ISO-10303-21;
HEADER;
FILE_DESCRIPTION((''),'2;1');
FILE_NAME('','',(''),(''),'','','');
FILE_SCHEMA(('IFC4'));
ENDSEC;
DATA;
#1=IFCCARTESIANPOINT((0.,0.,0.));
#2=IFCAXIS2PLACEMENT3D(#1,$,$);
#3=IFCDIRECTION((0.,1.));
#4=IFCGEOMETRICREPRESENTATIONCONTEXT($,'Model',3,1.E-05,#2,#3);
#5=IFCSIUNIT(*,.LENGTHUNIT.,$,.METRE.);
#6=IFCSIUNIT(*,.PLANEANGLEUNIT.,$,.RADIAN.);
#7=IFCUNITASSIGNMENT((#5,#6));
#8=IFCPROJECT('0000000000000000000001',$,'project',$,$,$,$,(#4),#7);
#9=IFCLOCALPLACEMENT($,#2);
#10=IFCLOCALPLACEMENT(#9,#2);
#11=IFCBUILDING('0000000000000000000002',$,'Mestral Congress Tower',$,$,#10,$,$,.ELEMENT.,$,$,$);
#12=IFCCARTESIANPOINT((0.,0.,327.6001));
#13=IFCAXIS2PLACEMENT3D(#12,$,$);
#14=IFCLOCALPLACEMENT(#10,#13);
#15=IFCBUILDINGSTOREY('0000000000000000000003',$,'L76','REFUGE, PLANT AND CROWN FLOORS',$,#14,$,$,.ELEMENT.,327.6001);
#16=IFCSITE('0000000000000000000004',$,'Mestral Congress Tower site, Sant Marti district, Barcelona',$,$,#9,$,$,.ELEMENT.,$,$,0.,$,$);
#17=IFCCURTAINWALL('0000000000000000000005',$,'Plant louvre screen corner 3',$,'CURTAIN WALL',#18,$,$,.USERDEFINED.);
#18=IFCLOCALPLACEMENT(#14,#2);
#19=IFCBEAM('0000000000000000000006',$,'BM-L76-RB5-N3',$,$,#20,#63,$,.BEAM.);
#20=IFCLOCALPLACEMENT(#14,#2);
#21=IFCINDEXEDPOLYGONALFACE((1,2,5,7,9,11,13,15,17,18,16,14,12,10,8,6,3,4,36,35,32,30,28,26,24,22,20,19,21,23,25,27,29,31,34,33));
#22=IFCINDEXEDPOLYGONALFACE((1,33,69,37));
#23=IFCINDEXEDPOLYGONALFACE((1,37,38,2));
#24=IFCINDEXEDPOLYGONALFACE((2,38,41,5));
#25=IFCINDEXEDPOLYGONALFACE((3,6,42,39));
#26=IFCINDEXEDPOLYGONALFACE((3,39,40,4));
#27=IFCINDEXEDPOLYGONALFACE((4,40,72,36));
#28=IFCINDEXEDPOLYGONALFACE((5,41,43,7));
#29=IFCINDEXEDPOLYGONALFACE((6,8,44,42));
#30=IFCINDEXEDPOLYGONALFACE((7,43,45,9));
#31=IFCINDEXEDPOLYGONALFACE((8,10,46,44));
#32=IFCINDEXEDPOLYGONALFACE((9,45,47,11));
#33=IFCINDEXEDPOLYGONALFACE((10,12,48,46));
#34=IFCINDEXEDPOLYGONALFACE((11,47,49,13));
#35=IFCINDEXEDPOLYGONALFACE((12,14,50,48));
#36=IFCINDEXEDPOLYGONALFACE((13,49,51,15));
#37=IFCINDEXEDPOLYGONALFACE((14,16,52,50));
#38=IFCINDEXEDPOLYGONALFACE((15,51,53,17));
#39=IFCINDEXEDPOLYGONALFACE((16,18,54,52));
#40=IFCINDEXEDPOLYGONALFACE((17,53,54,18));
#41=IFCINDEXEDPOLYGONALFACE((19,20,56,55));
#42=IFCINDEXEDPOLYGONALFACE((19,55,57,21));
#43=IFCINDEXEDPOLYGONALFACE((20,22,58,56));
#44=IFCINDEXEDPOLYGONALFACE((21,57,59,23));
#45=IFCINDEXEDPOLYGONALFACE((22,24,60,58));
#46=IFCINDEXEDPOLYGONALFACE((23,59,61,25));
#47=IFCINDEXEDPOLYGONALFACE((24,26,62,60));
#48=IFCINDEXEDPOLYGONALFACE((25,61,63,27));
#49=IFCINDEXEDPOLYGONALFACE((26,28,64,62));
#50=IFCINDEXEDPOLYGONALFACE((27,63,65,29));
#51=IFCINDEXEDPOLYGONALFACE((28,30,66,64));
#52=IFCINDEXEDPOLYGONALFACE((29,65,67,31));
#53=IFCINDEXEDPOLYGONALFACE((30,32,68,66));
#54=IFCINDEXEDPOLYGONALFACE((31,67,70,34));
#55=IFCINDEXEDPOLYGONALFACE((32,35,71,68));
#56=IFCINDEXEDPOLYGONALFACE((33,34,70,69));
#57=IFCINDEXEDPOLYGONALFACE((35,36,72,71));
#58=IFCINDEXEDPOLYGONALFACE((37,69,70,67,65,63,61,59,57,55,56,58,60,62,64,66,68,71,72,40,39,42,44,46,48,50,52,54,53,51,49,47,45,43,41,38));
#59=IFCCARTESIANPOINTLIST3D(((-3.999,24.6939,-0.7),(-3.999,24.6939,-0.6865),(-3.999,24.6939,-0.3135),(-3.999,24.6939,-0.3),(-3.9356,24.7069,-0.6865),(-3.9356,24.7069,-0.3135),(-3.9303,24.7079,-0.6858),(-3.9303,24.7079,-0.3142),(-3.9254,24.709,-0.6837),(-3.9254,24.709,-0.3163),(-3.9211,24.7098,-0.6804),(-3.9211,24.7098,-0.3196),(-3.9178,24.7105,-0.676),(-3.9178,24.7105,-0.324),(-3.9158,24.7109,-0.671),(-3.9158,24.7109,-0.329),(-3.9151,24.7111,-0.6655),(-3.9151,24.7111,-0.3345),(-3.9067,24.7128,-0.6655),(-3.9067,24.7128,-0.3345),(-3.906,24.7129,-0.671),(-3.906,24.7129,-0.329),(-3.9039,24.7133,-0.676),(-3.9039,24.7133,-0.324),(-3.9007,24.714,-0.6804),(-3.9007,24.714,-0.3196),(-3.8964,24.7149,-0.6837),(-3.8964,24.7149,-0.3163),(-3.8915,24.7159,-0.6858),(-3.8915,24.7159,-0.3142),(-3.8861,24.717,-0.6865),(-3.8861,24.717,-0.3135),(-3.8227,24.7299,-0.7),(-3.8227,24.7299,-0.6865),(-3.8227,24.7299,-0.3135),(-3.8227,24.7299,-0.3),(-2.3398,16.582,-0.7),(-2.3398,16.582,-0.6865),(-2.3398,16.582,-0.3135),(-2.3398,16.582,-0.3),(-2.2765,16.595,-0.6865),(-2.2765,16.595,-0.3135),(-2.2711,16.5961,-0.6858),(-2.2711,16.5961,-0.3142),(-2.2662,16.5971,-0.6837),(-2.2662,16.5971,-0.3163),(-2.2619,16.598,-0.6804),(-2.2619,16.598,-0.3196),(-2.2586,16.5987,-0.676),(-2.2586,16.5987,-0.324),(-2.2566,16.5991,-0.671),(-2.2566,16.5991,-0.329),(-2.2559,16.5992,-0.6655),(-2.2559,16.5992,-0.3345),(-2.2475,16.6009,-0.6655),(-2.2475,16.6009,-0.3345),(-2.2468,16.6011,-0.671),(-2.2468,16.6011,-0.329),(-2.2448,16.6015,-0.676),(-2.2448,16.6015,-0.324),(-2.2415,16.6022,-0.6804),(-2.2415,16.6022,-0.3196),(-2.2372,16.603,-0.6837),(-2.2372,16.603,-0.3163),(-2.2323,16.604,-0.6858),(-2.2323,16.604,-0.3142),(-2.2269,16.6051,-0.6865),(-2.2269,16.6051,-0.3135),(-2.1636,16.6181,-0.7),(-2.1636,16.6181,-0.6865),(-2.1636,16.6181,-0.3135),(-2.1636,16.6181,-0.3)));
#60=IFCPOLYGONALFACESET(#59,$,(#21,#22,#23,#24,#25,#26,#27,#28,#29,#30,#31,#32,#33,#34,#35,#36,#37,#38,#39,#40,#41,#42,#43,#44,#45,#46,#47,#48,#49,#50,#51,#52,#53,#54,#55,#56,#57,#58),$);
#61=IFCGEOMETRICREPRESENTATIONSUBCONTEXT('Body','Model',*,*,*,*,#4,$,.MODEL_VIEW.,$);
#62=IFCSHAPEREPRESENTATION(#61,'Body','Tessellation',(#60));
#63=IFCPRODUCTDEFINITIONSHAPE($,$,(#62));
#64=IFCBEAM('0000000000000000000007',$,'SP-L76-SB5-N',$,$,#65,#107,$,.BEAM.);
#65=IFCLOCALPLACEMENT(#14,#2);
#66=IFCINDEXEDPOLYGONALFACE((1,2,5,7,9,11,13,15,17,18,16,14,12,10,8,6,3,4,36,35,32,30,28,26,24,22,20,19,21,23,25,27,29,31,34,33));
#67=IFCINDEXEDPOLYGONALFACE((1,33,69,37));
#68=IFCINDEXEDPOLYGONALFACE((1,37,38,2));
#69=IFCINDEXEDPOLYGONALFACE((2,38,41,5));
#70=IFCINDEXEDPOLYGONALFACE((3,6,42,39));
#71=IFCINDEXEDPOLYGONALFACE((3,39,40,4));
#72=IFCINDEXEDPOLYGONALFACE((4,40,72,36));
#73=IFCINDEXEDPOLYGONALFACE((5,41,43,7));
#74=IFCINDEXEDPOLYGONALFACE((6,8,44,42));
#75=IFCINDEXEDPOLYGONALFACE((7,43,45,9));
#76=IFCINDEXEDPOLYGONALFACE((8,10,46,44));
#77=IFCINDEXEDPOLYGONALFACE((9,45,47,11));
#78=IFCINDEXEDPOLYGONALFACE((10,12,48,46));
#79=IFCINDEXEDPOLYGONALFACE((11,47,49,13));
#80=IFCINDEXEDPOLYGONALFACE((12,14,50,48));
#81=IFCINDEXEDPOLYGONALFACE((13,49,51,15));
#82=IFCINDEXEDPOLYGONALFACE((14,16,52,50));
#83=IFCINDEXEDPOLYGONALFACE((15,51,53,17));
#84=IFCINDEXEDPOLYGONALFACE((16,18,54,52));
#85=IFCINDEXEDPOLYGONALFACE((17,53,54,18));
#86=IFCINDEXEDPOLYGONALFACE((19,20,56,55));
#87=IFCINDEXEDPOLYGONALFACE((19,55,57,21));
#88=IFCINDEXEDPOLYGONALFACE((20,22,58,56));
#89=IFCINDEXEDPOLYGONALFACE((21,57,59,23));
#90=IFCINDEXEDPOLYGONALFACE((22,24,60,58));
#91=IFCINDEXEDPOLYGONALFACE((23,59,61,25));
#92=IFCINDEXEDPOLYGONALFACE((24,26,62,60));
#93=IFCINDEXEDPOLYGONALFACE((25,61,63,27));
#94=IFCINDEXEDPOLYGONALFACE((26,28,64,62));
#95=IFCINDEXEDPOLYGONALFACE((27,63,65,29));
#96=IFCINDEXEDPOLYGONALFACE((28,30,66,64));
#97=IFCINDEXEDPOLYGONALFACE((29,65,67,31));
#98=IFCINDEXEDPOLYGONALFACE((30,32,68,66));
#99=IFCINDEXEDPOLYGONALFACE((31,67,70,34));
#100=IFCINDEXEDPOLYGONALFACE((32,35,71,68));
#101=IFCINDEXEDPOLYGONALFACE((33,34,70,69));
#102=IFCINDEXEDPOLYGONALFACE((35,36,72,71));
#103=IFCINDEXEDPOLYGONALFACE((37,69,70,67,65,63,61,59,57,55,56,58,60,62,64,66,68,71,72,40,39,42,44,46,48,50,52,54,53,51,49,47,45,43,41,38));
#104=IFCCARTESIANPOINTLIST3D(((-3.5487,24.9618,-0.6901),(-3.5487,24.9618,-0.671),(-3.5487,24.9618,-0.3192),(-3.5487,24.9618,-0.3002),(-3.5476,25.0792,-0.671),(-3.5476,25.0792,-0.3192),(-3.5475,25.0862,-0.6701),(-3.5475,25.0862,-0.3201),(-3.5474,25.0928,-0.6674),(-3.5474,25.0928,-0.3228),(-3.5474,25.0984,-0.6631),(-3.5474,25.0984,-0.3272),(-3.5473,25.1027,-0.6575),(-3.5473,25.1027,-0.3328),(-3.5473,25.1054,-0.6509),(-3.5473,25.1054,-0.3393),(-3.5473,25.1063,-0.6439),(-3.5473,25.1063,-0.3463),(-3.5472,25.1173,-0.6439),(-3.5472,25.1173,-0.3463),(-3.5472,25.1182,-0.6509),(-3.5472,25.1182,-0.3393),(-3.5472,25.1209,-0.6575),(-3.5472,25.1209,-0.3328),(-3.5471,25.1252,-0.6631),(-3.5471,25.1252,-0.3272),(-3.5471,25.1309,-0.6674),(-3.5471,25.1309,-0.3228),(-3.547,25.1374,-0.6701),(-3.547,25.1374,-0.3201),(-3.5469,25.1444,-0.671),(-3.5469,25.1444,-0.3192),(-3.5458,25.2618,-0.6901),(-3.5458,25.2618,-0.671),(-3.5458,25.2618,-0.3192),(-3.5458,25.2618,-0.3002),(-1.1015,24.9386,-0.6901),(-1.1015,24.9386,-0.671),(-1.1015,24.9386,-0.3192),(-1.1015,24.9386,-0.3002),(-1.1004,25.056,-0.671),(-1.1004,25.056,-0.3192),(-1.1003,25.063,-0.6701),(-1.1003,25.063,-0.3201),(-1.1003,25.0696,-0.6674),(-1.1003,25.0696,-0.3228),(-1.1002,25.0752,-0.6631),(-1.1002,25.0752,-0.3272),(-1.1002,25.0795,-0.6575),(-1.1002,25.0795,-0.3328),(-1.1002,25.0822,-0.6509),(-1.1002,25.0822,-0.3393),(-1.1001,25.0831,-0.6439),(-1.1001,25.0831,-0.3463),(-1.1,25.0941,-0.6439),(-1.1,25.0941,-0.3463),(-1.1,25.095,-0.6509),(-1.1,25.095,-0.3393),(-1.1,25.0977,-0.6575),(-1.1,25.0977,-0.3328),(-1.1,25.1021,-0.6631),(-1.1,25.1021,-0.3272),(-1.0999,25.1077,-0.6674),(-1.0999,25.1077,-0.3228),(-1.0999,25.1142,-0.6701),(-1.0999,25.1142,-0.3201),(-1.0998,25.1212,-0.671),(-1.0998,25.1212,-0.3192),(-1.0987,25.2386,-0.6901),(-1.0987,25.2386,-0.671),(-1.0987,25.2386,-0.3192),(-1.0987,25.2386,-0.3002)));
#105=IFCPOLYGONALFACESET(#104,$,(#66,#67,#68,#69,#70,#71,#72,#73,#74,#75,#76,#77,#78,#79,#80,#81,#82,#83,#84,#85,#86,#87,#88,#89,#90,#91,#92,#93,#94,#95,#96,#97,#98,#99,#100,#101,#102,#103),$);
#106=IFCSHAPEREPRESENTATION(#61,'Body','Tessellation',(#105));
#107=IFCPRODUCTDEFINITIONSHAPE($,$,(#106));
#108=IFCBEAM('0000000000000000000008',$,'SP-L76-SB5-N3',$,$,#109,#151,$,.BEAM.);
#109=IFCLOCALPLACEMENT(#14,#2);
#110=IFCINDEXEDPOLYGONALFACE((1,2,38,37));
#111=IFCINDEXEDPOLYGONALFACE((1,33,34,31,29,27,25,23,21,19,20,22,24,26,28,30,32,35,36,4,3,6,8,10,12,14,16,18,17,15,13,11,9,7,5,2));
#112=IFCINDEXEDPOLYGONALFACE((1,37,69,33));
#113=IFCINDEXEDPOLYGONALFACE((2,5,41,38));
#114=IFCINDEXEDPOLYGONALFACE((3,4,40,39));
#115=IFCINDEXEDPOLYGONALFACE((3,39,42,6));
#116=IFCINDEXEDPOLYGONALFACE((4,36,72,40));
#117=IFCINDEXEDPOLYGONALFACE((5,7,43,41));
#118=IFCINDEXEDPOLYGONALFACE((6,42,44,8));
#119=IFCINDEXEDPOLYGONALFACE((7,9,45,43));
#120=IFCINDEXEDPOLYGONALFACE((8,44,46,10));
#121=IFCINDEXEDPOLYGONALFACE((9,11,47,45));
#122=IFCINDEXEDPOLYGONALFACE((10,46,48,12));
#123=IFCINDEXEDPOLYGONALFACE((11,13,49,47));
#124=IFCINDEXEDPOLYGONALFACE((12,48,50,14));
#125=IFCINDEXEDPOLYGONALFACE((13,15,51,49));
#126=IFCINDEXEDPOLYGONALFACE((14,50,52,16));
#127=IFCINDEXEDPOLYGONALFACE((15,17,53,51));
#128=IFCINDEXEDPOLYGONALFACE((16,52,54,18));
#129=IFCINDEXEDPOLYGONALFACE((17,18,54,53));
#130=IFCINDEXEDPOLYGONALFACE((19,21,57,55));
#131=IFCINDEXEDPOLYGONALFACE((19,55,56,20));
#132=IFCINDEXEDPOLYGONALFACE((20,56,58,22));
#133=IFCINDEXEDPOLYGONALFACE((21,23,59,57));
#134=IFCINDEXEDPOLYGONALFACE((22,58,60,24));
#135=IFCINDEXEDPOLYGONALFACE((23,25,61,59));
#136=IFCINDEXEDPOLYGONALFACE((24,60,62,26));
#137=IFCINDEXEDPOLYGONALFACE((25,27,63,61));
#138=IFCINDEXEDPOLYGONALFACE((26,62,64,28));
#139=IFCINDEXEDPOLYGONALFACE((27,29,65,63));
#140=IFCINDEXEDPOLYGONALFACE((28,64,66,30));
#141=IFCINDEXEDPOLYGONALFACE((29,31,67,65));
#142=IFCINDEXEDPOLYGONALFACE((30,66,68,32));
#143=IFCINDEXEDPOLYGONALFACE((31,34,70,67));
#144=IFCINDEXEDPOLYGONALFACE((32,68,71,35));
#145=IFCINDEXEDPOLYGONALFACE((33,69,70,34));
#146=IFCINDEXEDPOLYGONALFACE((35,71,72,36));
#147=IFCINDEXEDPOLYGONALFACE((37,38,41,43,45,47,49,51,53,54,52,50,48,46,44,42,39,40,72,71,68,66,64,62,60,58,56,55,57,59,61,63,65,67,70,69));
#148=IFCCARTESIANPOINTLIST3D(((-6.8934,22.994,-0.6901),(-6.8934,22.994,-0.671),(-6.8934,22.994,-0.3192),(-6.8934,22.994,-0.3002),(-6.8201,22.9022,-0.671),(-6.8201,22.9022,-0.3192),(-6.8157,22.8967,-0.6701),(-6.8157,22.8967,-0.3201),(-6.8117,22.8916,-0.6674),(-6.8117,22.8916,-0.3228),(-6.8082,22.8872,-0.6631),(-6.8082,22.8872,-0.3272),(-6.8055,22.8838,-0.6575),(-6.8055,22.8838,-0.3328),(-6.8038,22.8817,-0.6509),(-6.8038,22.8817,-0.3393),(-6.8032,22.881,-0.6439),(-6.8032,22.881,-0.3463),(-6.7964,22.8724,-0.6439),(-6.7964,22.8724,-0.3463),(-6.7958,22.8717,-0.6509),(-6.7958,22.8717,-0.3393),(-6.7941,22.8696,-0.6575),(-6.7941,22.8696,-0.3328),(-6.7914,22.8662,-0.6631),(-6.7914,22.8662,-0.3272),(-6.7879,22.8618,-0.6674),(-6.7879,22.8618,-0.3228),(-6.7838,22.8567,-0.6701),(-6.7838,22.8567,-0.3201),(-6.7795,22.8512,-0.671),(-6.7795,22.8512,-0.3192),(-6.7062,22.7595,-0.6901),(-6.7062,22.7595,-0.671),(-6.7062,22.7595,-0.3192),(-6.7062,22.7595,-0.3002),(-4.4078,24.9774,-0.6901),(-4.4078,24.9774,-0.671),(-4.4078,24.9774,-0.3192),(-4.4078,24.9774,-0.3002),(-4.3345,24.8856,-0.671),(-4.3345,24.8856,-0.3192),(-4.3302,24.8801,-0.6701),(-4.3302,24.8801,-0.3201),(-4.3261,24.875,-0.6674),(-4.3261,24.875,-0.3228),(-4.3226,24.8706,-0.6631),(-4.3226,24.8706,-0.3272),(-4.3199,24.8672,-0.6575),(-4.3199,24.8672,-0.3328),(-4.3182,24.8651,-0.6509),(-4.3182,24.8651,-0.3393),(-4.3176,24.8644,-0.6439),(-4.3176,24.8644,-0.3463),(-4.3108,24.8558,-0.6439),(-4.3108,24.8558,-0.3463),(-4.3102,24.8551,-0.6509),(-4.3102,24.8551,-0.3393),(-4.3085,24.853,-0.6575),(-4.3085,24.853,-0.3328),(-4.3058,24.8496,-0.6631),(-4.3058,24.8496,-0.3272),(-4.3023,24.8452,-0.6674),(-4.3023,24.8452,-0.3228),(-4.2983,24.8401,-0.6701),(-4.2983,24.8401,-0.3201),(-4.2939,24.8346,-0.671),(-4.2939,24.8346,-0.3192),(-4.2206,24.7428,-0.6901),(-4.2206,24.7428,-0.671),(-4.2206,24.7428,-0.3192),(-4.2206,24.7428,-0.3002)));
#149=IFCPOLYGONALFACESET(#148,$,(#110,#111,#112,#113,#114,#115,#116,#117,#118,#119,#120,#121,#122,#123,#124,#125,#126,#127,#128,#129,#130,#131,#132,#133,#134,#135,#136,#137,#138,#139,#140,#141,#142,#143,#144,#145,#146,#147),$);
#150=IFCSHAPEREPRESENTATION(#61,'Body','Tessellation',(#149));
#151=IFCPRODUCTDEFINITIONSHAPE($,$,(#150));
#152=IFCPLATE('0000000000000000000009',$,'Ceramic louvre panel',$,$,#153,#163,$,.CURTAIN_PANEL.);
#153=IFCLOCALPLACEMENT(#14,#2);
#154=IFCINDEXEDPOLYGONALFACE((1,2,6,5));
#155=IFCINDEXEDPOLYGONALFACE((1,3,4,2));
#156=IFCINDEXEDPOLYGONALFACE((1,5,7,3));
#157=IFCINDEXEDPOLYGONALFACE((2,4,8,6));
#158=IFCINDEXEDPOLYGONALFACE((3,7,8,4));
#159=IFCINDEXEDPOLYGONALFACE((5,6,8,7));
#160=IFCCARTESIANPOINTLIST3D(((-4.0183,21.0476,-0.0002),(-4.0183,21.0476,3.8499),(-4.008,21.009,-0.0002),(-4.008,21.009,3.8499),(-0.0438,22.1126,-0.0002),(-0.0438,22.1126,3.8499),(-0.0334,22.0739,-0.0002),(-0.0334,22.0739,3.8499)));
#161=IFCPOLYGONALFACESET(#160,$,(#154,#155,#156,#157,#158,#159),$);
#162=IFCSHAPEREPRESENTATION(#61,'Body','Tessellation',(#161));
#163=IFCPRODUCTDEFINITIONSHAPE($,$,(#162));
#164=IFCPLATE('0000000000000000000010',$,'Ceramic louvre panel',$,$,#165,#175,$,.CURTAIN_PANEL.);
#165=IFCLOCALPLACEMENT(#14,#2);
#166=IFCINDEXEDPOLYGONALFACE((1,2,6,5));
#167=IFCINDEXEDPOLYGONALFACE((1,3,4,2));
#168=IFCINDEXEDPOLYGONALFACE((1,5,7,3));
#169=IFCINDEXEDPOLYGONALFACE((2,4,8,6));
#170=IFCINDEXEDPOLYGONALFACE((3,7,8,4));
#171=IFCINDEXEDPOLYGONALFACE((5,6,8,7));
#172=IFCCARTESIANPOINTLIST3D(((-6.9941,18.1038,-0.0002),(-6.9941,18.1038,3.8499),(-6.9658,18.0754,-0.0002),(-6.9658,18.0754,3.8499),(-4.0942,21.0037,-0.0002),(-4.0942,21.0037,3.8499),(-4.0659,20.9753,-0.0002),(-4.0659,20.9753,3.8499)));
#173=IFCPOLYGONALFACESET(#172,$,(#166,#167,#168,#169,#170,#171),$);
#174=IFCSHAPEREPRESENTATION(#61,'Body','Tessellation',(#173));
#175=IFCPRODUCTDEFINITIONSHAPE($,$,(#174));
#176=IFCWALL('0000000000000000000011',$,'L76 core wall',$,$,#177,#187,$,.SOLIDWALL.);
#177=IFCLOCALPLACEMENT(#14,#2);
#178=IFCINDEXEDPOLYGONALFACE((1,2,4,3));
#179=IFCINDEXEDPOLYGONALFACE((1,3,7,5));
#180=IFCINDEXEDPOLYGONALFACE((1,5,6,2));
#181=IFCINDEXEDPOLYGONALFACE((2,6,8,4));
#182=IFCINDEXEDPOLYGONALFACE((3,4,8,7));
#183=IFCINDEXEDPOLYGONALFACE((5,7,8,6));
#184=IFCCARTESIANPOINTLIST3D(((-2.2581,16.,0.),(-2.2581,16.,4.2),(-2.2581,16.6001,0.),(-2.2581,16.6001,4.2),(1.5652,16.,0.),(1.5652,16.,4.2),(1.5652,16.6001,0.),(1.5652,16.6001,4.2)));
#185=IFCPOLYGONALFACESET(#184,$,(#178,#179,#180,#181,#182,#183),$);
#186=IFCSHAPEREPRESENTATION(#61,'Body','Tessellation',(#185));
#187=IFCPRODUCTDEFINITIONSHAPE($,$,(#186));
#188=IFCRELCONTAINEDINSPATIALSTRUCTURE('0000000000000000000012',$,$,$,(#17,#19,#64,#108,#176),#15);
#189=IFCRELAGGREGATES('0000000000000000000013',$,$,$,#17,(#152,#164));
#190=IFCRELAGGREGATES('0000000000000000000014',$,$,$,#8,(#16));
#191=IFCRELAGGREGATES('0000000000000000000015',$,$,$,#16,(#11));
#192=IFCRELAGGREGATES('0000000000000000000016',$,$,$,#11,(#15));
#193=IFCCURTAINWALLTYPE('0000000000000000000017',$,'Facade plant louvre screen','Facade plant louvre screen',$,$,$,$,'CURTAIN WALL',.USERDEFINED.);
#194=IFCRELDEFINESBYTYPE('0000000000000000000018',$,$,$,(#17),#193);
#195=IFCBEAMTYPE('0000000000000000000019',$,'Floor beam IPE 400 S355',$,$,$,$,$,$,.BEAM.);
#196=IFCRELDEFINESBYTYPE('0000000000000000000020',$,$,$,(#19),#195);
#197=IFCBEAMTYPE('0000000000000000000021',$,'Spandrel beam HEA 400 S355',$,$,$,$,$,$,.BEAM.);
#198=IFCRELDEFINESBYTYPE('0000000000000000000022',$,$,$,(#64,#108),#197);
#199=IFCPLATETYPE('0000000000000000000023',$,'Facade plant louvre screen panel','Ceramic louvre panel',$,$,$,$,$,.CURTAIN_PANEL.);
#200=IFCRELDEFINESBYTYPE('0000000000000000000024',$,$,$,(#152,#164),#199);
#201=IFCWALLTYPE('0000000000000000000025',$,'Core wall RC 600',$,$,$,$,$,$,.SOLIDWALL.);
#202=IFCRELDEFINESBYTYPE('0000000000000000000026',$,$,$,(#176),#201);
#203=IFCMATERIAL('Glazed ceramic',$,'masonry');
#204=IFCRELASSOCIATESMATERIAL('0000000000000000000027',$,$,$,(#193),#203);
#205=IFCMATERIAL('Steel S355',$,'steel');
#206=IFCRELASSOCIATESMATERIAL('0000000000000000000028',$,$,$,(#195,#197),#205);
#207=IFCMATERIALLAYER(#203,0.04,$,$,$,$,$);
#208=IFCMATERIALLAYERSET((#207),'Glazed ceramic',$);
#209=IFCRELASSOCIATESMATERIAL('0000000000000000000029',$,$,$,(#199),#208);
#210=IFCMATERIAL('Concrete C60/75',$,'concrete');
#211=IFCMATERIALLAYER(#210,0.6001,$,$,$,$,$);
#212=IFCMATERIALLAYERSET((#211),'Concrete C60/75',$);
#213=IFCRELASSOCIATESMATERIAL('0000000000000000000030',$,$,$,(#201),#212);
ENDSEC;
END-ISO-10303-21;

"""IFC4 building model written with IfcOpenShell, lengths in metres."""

from ifc_helpers import new_model, si_unit, direction, frame, frame_2d, origin, origin_2d, place, context, subcontext, project, spatial, rectangle, i_section, extrude, material, layer, layer_set, material_profile, profile_set, type_object, element, aggregate, save


model = new_model("IFC4")

# Units and contexts
model_context = context("Model", 3, precision=1e-05, world=origin(), true_north=direction((0.0, 1.0)))
body_context = subcontext(model_context, "Body", "Model", "MODEL_VIEW")
ifc_project = project(units=[si_unit("LENGTHUNIT", "METRE"), si_unit("PLANEANGLEUNIT", "RADIAN")], contexts=[model_context])

# Site, building, storey
site_placement = place(None, origin())
site = spatial("IfcSite", under=ifc_project, at=site_placement, Name="Mestral Congress Tower site, Sant Marti district, Barcelona", CompositionType="ELEMENT", RefElevation=0.0)
building_placement = place(site_placement, origin())
building = spatial("IfcBuilding", under=site, at=building_placement, Name="Mestral Congress Tower", CompositionType="ELEMENT")
storey_placement = place(building_placement, frame((0.0, 0.0, 327.6001)))
storey = spatial("IfcBuildingStorey", under=building, at=storey_placement, Name="L76", Description="REFUGE, PLANT AND CROWN FLOORS", CompositionType="ELEMENT", Elevation=327.6001)

# Shared definitions
ifc_material_1 = material(Name="Steel S355", Category="steel")
ifc_material_2 = material(Name="Concrete C60/75", Category="concrete")

# Curtain wall
ifc_material_3 = material(Name="Glazed ceramic", Category="masonry")
curtain_wall_type = type_object("IfcCurtainWallType", Name="Facade plant louvre screen", Description="Facade plant louvre screen", ElementType="CURTAIN WALL", PredefinedType="USERDEFINED", material=ifc_material_3)
placement = place(storey_placement, origin())
curtain_wall = element("IfcCurtainWall", 1, at=placement, inside=storey, type_object=curtain_wall_type, Name="Plant louvre screen corner 3", ObjectType="CURTAIN WALL", PredefinedType="USERDEFINED")

# Beams
ifc_material_profile_1 = material_profile(ifc_material_1, i_section(OverallWidth=0.1799, OverallDepth=0.3999, WebThickness=0.0085, FlangeThickness=0.0134, FilletRadius=0.021, at=origin_2d()), Name="IPE 400")
ifc_profile_set_1 = profile_set([ifc_material_profile_1], Name="Steel S355")
beam_type_1 = type_object("IfcBeamType", Name="Floor beam IPE 400 S355", PredefinedType="BEAM", material=ifc_profile_set_1)
beam_1_placement = place(storey_placement, frame((-3.9109, 24.7119, -0.5), z_axis=(0.20039, -0.979716, 0.0), x_axis=(0.979716, 0.20039, 0.0)))
element("IfcBeam", 2, at=beam_1_placement, inside=storey, type_object=beam_type_1, Name="BM-L76-RB5-N3", PredefinedType="BEAM", context=body_context, shape_type="SweptSolid", body=[
    extrude(i_section(OverallWidth=0.1799, OverallDepth=0.3999, WebThickness=0.0085, FlangeThickness=0.0134, FilletRadius=0.021, at=origin_2d()), origin(), (0.0, 0.0, 1.0), 8.2798),
])
ifc_material_profile_2 = material_profile(ifc_material_1, i_section(OverallWidth=0.3, OverallDepth=0.3899, WebThickness=0.011, FlangeThickness=0.019, FilletRadius=0.0271, at=origin_2d()), Name="HEA 400")
ifc_profile_set_2 = profile_set([ifc_material_profile_2], Name="Steel S355")
beam_type_2 = type_object("IfcBeamType", Name="Spandrel beam HEA 400 S355", PredefinedType="BEAM", material=ifc_profile_set_2)
beam_2_placement = place(storey_placement, frame((-1.1001, 25.0886, -0.4951), z_axis=(-0.999955, 0.009477, 0.0), x_axis=(-0.009477, -0.999955, 0.0)))
element("IfcBeam", 3, at=beam_2_placement, inside=storey, type_object=beam_type_2, Name="SP-L76-SB5-N", PredefinedType="BEAM", context=body_context, shape_type="SweptSolid", body=[
    extrude(i_section(OverallWidth=0.3, OverallDepth=0.3899, WebThickness=0.011, FlangeThickness=0.019, FilletRadius=0.0271, at=origin_2d()), origin(), (0.0, 0.0, 1.0), 2.4473),
])
beam_3_placement = place(storey_placement, frame((-4.3142, 24.8601, -0.4951), z_axis=(-0.781647, -0.623721, 0.0), x_axis=(0.623721, -0.781647, 0.0)))
element("IfcBeam", 4, at=beam_3_placement, inside=storey, type_object=beam_type_2, Name="SP-L76-SB5-N3", PredefinedType="BEAM", context=body_context, shape_type="SweptSolid", body=[
    extrude(i_section(OverallWidth=0.3, OverallDepth=0.3899, WebThickness=0.011, FlangeThickness=0.019, FilletRadius=0.0271, at=origin_2d()), origin(), (0.0, 0.0, 1.0), 3.1799),
])

# Plates
ifc_layer_1 = layer(ifc_material_3, 0.04)
ifc_layer_set_1 = layer_set([ifc_layer_1], Name="Glazed ceramic")
plate_type = type_object("IfcPlateType", Name="Facade plant louvre screen panel", Description="Ceramic louvre panel", PredefinedType="CURTAIN_PANEL", material=ifc_layer_set_1)
plate_1_placement = place(storey_placement, frame((-2.0259, 21.5608, -0.0002), z_axis=(0.0, 0.0, 1.0), x_axis=(-0.965926, -0.258819, 0.0)))
plate_1 = element("IfcPlate", 5, at=plate_1_placement, type_object=plate_type, Name="Ceramic louvre panel", PredefinedType="CURTAIN_PANEL", context=body_context, shape_type="SweptSolid", body=[
    extrude(rectangle(XDim=4.1147, YDim=0.04, at=origin_2d()), origin(), (0.0, 0.0, 1.0), 3.8501),
])
plate_2_placement = place(storey_placement, frame((-5.53, 19.5396, -0.0002), z_axis=(0.0, 0.0, 1.0), x_axis=(-0.707107, -0.707107, 0.0)))
plate_2 = element("IfcPlate", 6, at=plate_2_placement, type_object=plate_type, Name="Ceramic louvre panel", PredefinedType="CURTAIN_PANEL", context=body_context, shape_type="SweptSolid", body=[
    extrude(rectangle(XDim=4.1011, YDim=0.04, at=origin_2d()), origin(), (0.0, 0.0, 1.0), 3.8501),
])
aggregate(curtain_wall, [plate_1, plate_2])

# Wall
ifc_layer_2 = layer(ifc_material_2, 0.6001)
ifc_layer_set_2 = layer_set([ifc_layer_2], Name="Concrete C60/75")
wall_type_1 = type_object("IfcWallType", Name="Core wall RC 600", PredefinedType="SOLIDWALL", material=ifc_layer_set_2)
wall_1_placement = place(storey_placement, frame((-2.2581, 16.3, 0.0), z_axis=(0.0, 0.0, 1.0), x_axis=(1.0, 0.0, 0.0)))
element("IfcWall", 7, at=wall_1_placement, inside=storey, type_object=wall_type_1, Name="L76 core wall", PredefinedType="SOLIDWALL", context=body_context, shape_type="SweptSolid", body=[
    extrude(rectangle(XDim=3.8232, YDim=0.6001, at=frame_2d((1.9116, 0.0))), origin(), (0.0, 0.0, 1.0), 4.2),
])

save(model, "model.ifc")
